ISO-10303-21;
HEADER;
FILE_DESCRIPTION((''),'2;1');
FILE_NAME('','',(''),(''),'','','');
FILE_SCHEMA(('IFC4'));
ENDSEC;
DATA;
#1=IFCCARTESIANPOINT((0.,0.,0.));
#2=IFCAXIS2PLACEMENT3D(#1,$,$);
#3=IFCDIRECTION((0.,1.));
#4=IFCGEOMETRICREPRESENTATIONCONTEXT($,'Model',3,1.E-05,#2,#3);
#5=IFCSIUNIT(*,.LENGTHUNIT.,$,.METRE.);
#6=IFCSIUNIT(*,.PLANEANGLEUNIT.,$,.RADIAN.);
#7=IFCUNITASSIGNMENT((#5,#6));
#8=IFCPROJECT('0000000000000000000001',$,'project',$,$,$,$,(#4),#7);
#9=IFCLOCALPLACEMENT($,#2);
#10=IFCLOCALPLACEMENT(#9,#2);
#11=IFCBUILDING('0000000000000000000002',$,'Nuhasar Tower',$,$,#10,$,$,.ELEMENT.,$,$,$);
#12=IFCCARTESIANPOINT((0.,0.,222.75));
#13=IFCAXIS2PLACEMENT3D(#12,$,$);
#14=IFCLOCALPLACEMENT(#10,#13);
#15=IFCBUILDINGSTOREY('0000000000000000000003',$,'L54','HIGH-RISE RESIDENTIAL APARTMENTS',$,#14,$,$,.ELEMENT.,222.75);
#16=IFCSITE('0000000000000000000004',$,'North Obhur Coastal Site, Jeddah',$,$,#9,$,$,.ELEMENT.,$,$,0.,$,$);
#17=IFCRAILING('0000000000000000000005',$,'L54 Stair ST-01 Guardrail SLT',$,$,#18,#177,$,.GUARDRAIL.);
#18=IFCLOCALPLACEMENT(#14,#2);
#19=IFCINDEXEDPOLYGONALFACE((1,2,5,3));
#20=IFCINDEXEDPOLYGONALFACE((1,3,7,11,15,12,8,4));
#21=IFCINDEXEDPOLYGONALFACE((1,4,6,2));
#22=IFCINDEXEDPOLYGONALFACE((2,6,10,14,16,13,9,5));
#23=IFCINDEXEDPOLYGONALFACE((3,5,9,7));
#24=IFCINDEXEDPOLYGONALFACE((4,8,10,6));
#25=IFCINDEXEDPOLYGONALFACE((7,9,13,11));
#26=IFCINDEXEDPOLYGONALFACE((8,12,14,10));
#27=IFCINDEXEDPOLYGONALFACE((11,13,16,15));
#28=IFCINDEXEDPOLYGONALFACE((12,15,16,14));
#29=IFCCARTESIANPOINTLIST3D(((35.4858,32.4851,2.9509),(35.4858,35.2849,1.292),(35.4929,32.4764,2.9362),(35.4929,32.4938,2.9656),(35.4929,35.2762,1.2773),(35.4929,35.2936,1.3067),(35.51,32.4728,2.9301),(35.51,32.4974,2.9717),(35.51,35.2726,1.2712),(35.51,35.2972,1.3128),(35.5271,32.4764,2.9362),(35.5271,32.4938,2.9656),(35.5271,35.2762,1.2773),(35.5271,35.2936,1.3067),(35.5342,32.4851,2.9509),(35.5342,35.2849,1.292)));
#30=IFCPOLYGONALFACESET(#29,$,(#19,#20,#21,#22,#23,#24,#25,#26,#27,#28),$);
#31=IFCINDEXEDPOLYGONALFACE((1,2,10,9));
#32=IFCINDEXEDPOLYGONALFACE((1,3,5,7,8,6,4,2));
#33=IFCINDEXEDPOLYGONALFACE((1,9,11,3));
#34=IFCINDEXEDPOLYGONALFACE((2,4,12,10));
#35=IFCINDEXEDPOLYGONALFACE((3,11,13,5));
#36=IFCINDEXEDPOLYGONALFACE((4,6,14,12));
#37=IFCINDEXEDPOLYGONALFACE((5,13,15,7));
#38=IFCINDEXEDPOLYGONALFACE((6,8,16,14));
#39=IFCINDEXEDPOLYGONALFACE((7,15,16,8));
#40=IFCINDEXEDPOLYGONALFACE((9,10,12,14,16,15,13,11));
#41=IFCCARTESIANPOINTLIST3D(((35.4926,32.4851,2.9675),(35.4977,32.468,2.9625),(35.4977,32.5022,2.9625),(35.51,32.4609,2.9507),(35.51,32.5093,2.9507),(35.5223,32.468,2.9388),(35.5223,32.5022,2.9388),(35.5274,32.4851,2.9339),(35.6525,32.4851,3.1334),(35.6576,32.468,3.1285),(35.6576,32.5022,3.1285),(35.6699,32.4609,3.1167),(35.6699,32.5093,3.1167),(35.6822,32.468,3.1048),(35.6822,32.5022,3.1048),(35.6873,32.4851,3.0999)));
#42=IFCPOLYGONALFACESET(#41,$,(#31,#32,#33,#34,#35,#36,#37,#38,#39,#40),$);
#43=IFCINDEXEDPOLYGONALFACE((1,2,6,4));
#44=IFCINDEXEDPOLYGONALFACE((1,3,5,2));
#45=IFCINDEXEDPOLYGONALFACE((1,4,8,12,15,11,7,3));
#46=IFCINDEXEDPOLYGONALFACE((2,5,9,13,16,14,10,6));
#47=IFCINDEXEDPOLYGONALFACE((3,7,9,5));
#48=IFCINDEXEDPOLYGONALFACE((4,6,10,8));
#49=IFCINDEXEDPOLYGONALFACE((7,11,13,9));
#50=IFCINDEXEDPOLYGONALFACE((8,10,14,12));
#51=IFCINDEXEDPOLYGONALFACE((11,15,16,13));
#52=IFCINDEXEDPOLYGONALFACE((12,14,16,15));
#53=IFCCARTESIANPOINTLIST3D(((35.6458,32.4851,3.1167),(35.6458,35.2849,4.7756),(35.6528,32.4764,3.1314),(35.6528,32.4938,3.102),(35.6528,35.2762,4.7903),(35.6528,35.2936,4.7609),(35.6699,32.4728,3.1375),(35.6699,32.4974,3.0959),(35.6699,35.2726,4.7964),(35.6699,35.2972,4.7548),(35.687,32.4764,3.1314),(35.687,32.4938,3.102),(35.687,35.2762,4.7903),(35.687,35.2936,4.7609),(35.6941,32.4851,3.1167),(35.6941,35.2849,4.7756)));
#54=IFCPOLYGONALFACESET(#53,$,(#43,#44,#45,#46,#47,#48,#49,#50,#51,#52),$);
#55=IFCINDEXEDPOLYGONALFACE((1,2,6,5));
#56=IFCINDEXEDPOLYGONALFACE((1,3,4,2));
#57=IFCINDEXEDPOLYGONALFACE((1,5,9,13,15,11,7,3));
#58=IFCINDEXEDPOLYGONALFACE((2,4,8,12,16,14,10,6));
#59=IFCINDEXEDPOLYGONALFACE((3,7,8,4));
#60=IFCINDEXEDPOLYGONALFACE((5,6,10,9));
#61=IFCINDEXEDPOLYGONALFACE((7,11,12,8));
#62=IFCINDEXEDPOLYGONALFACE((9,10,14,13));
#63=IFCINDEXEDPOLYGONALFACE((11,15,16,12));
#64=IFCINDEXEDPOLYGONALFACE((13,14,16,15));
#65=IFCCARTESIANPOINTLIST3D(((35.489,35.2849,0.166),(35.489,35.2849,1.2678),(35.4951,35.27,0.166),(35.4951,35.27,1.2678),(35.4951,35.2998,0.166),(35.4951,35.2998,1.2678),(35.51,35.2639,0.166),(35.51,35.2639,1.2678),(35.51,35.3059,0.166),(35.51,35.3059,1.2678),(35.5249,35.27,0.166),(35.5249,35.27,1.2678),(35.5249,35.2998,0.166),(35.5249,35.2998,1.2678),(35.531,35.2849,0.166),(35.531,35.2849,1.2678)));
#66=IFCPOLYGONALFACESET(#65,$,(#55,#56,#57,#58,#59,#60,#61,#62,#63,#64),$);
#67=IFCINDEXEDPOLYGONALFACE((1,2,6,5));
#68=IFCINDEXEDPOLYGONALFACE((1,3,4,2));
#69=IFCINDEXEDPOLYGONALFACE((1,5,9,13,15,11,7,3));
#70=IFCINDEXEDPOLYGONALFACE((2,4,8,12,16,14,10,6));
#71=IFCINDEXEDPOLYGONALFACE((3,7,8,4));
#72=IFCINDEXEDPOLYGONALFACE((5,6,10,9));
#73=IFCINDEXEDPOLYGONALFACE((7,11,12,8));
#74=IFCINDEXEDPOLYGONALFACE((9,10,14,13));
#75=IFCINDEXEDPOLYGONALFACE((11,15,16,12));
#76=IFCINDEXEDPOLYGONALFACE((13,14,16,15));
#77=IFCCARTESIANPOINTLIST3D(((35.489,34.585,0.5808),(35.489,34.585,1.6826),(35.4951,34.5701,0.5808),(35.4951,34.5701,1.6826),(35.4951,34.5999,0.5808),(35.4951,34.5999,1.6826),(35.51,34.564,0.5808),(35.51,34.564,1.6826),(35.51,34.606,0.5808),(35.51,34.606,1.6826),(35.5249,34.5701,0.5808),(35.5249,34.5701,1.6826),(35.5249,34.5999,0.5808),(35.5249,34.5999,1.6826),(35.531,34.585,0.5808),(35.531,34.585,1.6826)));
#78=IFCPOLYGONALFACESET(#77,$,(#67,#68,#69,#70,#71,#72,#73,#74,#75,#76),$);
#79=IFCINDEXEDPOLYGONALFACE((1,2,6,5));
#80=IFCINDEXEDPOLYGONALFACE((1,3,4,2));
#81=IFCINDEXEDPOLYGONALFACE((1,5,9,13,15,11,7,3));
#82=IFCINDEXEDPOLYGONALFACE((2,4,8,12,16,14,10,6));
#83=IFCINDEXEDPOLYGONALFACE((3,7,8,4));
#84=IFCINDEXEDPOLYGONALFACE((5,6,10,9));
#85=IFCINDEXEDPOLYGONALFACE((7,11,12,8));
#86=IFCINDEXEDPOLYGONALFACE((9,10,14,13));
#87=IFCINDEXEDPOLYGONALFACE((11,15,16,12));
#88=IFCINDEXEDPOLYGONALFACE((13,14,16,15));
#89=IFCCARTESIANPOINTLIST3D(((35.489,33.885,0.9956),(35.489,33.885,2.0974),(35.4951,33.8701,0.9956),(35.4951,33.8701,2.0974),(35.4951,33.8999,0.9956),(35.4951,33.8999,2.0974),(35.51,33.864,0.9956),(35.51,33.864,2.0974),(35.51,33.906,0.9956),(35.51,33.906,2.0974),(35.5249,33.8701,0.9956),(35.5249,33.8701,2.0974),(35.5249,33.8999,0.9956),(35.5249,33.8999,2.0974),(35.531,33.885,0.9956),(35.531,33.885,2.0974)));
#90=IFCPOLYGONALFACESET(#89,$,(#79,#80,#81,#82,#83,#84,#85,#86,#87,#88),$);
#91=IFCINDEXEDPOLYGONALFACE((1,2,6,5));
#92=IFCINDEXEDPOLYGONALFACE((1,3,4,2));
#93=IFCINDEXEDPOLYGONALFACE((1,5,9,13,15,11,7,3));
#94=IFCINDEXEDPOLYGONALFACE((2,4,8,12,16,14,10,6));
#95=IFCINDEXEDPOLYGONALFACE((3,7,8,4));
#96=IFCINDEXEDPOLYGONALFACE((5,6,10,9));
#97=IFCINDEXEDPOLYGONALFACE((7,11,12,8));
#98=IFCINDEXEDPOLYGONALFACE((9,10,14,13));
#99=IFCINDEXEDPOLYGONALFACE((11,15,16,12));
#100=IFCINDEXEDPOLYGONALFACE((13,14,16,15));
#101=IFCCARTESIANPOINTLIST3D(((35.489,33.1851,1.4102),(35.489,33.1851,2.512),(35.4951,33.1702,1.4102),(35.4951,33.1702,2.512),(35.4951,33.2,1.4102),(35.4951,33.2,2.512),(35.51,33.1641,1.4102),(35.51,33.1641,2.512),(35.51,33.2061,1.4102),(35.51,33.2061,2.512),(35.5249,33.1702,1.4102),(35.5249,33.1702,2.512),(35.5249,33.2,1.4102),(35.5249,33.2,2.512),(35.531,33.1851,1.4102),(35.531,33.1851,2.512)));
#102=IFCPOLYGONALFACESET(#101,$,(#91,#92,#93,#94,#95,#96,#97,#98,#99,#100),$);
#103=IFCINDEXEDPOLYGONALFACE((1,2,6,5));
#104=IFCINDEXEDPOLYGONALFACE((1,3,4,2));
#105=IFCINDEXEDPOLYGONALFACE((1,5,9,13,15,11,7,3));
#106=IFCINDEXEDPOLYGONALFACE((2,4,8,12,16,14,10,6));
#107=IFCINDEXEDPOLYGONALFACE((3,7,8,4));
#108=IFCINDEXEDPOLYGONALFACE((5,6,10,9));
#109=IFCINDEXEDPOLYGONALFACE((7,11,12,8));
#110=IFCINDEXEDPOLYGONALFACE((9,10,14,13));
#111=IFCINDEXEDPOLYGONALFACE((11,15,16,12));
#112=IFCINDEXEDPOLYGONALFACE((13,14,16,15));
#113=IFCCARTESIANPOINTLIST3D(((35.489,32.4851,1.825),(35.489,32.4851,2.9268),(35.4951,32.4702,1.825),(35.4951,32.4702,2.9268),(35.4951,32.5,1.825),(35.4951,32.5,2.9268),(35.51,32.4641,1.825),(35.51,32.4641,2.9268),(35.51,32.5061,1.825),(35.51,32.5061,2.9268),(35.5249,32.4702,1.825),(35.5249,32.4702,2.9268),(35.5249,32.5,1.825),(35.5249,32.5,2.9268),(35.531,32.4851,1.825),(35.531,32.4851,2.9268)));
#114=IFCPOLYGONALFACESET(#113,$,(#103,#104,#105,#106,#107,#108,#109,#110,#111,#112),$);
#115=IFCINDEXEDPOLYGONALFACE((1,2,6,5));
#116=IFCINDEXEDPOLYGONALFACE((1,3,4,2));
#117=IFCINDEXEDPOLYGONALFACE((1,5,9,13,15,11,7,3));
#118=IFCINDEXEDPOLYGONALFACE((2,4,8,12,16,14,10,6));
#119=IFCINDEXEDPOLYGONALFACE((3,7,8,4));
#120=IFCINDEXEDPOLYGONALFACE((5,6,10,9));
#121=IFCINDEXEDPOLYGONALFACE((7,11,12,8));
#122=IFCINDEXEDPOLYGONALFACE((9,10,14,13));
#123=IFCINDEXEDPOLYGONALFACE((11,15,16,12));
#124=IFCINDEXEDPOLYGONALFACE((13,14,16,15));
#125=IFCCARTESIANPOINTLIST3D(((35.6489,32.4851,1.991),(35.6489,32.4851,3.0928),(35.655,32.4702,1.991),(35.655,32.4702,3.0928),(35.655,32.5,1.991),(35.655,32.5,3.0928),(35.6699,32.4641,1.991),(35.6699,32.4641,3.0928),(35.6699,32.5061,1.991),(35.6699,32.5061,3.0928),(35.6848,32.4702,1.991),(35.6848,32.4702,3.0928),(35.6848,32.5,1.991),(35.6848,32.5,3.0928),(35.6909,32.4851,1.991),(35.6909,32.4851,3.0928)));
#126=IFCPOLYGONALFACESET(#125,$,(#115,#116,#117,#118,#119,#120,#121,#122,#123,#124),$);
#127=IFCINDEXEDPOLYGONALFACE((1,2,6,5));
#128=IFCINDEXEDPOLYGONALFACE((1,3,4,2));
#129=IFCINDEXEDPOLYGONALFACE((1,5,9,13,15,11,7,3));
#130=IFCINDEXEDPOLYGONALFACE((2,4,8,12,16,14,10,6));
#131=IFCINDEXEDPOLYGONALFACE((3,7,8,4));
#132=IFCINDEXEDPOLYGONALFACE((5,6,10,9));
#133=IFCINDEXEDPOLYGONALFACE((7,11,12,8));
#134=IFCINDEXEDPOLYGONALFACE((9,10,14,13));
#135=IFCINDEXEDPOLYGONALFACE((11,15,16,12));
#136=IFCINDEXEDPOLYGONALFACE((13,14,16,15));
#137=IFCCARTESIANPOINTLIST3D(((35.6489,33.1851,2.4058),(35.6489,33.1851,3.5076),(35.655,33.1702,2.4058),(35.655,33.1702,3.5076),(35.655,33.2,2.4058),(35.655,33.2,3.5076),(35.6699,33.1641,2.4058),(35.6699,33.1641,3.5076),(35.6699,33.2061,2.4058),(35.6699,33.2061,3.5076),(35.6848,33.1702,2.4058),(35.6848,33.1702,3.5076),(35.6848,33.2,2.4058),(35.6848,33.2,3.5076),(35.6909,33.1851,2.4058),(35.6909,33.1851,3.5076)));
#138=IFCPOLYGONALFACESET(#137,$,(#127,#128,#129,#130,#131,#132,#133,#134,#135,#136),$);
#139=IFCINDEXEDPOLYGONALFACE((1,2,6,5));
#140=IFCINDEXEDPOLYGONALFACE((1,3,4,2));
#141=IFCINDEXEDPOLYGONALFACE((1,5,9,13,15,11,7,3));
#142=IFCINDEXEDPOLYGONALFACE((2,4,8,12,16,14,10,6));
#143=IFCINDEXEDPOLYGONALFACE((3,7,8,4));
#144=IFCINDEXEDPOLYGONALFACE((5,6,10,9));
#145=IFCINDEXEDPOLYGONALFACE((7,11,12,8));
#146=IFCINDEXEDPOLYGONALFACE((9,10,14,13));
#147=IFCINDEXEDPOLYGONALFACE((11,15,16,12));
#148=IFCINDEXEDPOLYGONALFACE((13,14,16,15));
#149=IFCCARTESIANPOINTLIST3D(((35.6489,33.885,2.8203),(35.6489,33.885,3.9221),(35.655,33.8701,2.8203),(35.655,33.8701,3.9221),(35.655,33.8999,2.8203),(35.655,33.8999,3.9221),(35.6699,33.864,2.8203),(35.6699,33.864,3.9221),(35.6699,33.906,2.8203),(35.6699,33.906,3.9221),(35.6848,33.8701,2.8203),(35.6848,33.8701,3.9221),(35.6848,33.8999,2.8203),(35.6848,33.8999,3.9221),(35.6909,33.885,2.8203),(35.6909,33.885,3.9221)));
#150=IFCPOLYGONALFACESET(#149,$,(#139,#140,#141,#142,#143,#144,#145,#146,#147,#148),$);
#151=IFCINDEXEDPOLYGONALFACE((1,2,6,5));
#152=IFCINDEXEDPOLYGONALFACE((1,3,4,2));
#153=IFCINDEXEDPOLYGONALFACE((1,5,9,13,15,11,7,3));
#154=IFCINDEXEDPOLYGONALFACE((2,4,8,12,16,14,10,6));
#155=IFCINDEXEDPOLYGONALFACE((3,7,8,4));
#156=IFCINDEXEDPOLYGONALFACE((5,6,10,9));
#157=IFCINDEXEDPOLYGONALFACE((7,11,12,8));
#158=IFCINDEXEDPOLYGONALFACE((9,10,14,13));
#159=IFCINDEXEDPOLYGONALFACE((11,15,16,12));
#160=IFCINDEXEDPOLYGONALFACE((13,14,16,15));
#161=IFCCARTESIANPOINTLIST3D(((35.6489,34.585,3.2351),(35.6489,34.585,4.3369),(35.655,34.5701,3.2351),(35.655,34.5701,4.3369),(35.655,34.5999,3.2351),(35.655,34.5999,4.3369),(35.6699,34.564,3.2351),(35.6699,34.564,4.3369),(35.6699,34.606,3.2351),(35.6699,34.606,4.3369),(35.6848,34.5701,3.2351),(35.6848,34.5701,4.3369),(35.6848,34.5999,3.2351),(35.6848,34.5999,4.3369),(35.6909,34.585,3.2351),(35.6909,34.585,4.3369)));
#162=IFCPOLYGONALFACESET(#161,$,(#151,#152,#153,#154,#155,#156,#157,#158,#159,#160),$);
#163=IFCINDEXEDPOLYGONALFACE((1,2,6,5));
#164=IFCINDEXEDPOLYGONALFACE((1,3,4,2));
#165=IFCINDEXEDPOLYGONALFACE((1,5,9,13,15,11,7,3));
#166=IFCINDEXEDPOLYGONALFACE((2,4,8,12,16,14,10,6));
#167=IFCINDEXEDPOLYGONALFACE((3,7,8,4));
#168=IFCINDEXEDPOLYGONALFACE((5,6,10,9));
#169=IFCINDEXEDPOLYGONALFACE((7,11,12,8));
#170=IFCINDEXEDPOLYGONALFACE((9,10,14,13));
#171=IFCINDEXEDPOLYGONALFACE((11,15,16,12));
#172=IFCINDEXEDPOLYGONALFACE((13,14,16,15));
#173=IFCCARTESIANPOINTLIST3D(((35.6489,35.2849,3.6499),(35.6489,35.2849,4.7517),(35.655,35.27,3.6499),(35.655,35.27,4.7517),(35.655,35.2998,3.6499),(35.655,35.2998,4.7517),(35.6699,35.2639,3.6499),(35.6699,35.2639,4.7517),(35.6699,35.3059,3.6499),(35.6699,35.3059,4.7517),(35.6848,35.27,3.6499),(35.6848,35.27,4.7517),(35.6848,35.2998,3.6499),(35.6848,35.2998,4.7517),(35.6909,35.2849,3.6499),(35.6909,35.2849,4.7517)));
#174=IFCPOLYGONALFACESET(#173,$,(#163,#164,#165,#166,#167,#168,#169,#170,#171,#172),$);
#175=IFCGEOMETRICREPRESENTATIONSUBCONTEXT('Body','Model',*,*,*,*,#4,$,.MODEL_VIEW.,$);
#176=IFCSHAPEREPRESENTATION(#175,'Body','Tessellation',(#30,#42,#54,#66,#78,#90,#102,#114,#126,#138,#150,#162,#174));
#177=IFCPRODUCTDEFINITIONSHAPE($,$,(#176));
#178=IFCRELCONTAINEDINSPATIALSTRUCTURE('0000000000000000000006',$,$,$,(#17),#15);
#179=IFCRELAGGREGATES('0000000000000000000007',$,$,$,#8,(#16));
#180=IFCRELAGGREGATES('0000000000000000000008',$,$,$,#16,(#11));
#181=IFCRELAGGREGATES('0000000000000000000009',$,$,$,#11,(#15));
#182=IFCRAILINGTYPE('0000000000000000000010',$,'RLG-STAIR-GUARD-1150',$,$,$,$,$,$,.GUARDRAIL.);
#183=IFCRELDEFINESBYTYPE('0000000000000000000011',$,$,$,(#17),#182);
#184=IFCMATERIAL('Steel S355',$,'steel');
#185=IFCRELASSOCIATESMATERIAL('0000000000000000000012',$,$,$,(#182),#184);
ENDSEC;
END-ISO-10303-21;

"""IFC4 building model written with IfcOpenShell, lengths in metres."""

from ifc_helpers import new_model, si_unit, direction, frame, origin, place, context, subcontext, project, spatial, polyline, outline, extrude, material, type_object, element, save


model = new_model("IFC4")

# Units and contexts
model_context = context("Model", 3, precision=1e-05, world=origin(), true_north=direction((0.0, 1.0)))
body_context = subcontext(model_context, "Body", "Model", "MODEL_VIEW")
ifc_project = project(units=[si_unit("LENGTHUNIT", "METRE"), si_unit("PLANEANGLEUNIT", "RADIAN")], contexts=[model_context])

# Site, building, storey
site_placement = place(None, origin())
site = spatial("IfcSite", under=ifc_project, at=site_placement, Name="North Obhur Coastal Site, Jeddah", CompositionType="ELEMENT", RefElevation=0.0)
building_placement = place(site_placement, origin())
building = spatial("IfcBuilding", under=site, at=building_placement, Name="Nuhasar Tower", CompositionType="ELEMENT")
storey_placement = place(building_placement, frame((0.0, 0.0, 222.75)))
storey = spatial("IfcBuildingStorey", under=building, at=storey_placement, Name="L54", Description="HIGH-RISE RESIDENTIAL APARTMENTS", CompositionType="ELEMENT", Elevation=222.75)

# Shared definitions
ifc_material_1 = material(Name="Steel S355", Category="steel")

# Railing
railing_type_1 = type_object("IfcRailingType", Name="RLG-STAIR-GUARD-1150", PredefinedType="GUARDRAIL", material=ifc_material_1)
railing_1_placement = place(storey_placement, frame((35.51, 35.2849, 0.166)))
element("IfcRailing", 1, at=railing_1_placement, inside=storey, type_object=railing_type_1, Name="L54 Stair ST-01 Guardrail SLT", PredefinedType="GUARDRAIL", context=body_context, shape_type="SweptSolid", body=[
    extrude(outline(polyline([(0.0242, 0.0), (0.0171, 0.0171), (0.0, 0.0242), (-0.0171, 0.0171), (-0.0242, 0.0), (-0.0171, -0.0171), (0.0, -0.0242), (0.0171, -0.0171), (0.0242, 0.0)])), frame((0.0, 0.0, 1.126), z_axis=(0.0, -0.86032, 0.509755), x_axis=(1.0, 0.0, 0.0)), (0.0, 0.0, 1.0), 3.2544),
    extrude(outline(polyline([(0.0242, 0.0), (0.0171, 0.0171), (0.0, 0.0242), (-0.0171, 0.0171), (-0.0242, 0.0), (-0.0171, -0.0171), (0.0, -0.0242), (0.0171, -0.0171), (0.0242, 0.0)])), frame((0.0, -2.7998, 2.7847), z_axis=(0.693743, 0.0, 0.720222), x_axis=(0.0, 1.0, 0.0)), (0.0, 0.0, 1.0), 0.2305),
    extrude(outline(polyline([(0.0242, 0.0), (0.0171, 0.0171), (0.0, 0.0242), (-0.0171, 0.0171), (-0.0242, 0.0), (-0.0171, -0.0171), (0.0, -0.0242), (0.0171, -0.0171), (0.0242, 0.0)])), frame((0.1599, -2.7998, 2.9507), z_axis=(0.0, 0.86032, 0.509755), x_axis=(-1.0, 0.0, 0.0)), (0.0, 0.0, 1.0), 3.2544),
    extrude(outline(polyline([(0.021, 0.0), (0.0149, 0.0149), (0.0, 0.021), (-0.0149, 0.0149), (-0.021, 0.0), (-0.0149, -0.0149), (0.0, -0.021), (0.0149, -0.0149), (0.021, 0.0)])), origin(), (0.0, 0.0, 1.0), 1.1018),
    extrude(outline(polyline([(0.021, 0.0), (0.0149, 0.0149), (0.0, 0.021), (-0.0149, 0.0149), (-0.021, 0.0), (-0.0149, -0.0149), (0.0, -0.021), (0.0149, -0.0149), (0.021, 0.0)])), frame((0.0, -0.7, 0.4148)), (0.0, 0.0, 1.0), 1.1018),
    extrude(outline(polyline([(0.021, 0.0), (0.0149, 0.0149), (0.0, 0.021), (-0.0149, 0.0149), (-0.021, 0.0), (-0.0149, -0.0149), (0.0, -0.021), (0.0149, -0.0149), (0.021, 0.0)])), frame((0.0, -1.3999, 0.8296)), (0.0, 0.0, 1.0), 1.1018),
    extrude(outline(polyline([(0.021, 0.0), (0.0149, 0.0149), (0.0, 0.021), (-0.0149, 0.0149), (-0.021, 0.0), (-0.0149, -0.0149), (0.0, -0.021), (0.0149, -0.0149), (0.021, 0.0)])), frame((0.0, -2.0999, 1.2441)), (0.0, 0.0, 1.0), 1.1018),
    extrude(outline(polyline([(0.021, 0.0), (0.0149, 0.0149), (0.0, 0.021), (-0.0149, 0.0149), (-0.021, 0.0), (-0.0149, -0.0149), (0.0, -0.021), (0.0149, -0.0149), (0.021, 0.0)])), frame((0.0, -2.7998, 1.6589)), (0.0, 0.0, 1.0), 1.1018),
    extrude(outline(polyline([(0.021, 0.0), (0.0149, 0.0149), (0.0, 0.021), (-0.0149, 0.0149), (-0.021, 0.0), (-0.0149, -0.0149), (0.0, -0.021), (0.0149, -0.0149), (0.021, 0.0)])), frame((0.1599, -2.7998, 1.825)), (0.0, 0.0, 1.0), 1.1018),
    extrude(outline(polyline([(0.021, 0.0), (0.0149, 0.0149), (0.0, 0.021), (-0.0149, 0.0149), (-0.021, 0.0), (-0.0149, -0.0149), (0.0, -0.021), (0.0149, -0.0149), (0.021, 0.0)])), frame((0.1599, -2.0999, 2.2397)), (0.0, 0.0, 1.0), 1.1018),
    extrude(outline(polyline([(0.021, 0.0), (0.0149, 0.0149), (0.0, 0.021), (-0.0149, 0.0149), (-0.021, 0.0), (-0.0149, -0.0149), (0.0, -0.021), (0.0149, -0.0149), (0.021, 0.0)])), frame((0.1599, -1.3999, 2.6543)), (0.0, 0.0, 1.0), 1.1018),
    extrude(outline(polyline([(0.021, 0.0), (0.0149, 0.0149), (0.0, 0.021), (-0.0149, 0.0149), (-0.021, 0.0), (-0.0149, -0.0149), (0.0, -0.021), (0.0149, -0.0149), (0.021, 0.0)])), frame((0.1599, -0.7, 3.0691)), (0.0, 0.0, 1.0), 1.1018),
    extrude(outline(polyline([(0.021, 0.0), (0.0149, 0.0149), (0.0, 0.021), (-0.0149, 0.0149), (-0.021, 0.0), (-0.0149, -0.0149), (0.0, -0.021), (0.0149, -0.0149), (0.021, 0.0)])), frame((0.1599, 0.0, 3.4839)), (0.0, 0.0, 1.0), 1.1018),
])

save(model, "model.ifc")
